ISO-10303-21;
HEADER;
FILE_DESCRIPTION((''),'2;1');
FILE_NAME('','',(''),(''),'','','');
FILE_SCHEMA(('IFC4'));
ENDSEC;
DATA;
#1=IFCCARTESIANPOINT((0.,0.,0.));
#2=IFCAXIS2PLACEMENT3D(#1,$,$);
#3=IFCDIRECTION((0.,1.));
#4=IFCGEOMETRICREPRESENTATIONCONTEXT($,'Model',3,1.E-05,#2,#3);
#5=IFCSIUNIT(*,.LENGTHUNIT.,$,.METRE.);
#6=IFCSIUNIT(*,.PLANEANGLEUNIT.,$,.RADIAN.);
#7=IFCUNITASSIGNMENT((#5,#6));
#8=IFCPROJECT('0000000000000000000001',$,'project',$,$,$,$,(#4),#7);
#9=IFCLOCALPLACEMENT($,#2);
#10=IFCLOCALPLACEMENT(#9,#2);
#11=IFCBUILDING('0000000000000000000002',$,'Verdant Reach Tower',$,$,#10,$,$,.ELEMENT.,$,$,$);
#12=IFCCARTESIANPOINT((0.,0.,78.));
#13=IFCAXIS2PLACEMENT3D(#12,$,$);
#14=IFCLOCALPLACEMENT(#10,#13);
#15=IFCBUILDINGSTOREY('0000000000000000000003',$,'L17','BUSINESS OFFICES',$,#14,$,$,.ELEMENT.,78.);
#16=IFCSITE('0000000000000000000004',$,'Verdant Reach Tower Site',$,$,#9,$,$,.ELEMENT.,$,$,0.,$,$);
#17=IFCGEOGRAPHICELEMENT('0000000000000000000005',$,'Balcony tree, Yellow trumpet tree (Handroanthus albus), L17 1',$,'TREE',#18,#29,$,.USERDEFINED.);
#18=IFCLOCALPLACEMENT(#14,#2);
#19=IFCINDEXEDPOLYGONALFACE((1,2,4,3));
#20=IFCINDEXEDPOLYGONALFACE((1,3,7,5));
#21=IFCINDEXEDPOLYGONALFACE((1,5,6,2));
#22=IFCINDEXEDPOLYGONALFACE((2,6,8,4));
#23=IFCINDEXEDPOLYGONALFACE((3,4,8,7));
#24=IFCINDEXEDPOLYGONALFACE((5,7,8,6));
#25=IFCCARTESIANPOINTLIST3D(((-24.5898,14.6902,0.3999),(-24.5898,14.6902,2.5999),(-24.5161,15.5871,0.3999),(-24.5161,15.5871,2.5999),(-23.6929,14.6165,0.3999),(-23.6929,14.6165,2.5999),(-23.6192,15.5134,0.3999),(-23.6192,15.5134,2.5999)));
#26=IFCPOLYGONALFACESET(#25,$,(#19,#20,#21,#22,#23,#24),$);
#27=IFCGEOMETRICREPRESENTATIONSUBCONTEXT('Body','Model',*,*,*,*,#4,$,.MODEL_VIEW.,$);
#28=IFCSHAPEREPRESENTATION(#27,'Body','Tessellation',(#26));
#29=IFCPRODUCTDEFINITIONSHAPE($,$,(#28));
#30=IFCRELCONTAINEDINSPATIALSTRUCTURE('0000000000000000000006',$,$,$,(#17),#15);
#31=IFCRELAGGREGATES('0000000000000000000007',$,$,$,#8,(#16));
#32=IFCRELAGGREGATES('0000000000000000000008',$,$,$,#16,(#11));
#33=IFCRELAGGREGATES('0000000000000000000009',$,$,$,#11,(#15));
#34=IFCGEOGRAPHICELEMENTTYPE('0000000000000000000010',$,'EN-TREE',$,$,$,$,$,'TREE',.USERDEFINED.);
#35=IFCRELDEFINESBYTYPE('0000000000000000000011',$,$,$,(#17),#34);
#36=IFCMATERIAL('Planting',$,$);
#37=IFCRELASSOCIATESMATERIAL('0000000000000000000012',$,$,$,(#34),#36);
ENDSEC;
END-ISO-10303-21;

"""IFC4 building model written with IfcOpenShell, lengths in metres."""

from ifc_helpers import new_model, si_unit, direction, frame, origin, origin_2d, place, context, subcontext, project, spatial, rectangle, extrude, material, type_object, element, save


model = new_model("IFC4")

# Units and contexts
model_context = context("Model", 3, precision=1e-05, world=origin(), true_north=direction((0.0, 1.0)))
body_context = subcontext(model_context, "Body", "Model", "MODEL_VIEW")
ifc_project = project(units=[si_unit("LENGTHUNIT", "METRE"), si_unit("PLANEANGLEUNIT", "RADIAN")], contexts=[model_context])

# Site, building, storey
site_placement = place(None, origin())
site = spatial("IfcSite", under=ifc_project, at=site_placement, Name="Verdant Reach Tower Site", CompositionType="ELEMENT", RefElevation=0.0)
building_placement = place(site_placement, origin())
building = spatial("IfcBuilding", under=site, at=building_placement, Name="Verdant Reach Tower", CompositionType="ELEMENT")
storey_placement = place(building_placement, frame((0.0, 0.0, 78.0)))
storey = spatial("IfcBuildingStorey", under=building, at=storey_placement, Name="L17", Description="BUSINESS OFFICES", CompositionType="ELEMENT", Elevation=78.0)

# Geographic element
ifc_material_1 = material(Name="Planting")
geographic_element_type = type_object("IfcGeographicElementType", Name="EN-TREE", ElementType="TREE", PredefinedType="USERDEFINED", material=ifc_material_1)
geographic_element_placement = place(storey_placement, frame((-24.1045, 15.1018, 0.3999), z_axis=(0.0, 0.0, 1.0), x_axis=(-0.081916, -0.996639, 0.0)))
element("IfcGeographicElement", 1, at=geographic_element_placement, inside=storey, type_object=geographic_element_type, Name="Balcony tree, Yellow trumpet tree (Handroanthus albus), L17 1", ObjectType="TREE", PredefinedType="USERDEFINED", context=body_context, shape_type="SweptSolid", body=[
    extrude(rectangle(XDim=0.8999, YDim=0.8999, at=origin_2d()), origin(), (0.0, 0.0, 1.0), 2.2),
])

save(model, "model.ifc")
